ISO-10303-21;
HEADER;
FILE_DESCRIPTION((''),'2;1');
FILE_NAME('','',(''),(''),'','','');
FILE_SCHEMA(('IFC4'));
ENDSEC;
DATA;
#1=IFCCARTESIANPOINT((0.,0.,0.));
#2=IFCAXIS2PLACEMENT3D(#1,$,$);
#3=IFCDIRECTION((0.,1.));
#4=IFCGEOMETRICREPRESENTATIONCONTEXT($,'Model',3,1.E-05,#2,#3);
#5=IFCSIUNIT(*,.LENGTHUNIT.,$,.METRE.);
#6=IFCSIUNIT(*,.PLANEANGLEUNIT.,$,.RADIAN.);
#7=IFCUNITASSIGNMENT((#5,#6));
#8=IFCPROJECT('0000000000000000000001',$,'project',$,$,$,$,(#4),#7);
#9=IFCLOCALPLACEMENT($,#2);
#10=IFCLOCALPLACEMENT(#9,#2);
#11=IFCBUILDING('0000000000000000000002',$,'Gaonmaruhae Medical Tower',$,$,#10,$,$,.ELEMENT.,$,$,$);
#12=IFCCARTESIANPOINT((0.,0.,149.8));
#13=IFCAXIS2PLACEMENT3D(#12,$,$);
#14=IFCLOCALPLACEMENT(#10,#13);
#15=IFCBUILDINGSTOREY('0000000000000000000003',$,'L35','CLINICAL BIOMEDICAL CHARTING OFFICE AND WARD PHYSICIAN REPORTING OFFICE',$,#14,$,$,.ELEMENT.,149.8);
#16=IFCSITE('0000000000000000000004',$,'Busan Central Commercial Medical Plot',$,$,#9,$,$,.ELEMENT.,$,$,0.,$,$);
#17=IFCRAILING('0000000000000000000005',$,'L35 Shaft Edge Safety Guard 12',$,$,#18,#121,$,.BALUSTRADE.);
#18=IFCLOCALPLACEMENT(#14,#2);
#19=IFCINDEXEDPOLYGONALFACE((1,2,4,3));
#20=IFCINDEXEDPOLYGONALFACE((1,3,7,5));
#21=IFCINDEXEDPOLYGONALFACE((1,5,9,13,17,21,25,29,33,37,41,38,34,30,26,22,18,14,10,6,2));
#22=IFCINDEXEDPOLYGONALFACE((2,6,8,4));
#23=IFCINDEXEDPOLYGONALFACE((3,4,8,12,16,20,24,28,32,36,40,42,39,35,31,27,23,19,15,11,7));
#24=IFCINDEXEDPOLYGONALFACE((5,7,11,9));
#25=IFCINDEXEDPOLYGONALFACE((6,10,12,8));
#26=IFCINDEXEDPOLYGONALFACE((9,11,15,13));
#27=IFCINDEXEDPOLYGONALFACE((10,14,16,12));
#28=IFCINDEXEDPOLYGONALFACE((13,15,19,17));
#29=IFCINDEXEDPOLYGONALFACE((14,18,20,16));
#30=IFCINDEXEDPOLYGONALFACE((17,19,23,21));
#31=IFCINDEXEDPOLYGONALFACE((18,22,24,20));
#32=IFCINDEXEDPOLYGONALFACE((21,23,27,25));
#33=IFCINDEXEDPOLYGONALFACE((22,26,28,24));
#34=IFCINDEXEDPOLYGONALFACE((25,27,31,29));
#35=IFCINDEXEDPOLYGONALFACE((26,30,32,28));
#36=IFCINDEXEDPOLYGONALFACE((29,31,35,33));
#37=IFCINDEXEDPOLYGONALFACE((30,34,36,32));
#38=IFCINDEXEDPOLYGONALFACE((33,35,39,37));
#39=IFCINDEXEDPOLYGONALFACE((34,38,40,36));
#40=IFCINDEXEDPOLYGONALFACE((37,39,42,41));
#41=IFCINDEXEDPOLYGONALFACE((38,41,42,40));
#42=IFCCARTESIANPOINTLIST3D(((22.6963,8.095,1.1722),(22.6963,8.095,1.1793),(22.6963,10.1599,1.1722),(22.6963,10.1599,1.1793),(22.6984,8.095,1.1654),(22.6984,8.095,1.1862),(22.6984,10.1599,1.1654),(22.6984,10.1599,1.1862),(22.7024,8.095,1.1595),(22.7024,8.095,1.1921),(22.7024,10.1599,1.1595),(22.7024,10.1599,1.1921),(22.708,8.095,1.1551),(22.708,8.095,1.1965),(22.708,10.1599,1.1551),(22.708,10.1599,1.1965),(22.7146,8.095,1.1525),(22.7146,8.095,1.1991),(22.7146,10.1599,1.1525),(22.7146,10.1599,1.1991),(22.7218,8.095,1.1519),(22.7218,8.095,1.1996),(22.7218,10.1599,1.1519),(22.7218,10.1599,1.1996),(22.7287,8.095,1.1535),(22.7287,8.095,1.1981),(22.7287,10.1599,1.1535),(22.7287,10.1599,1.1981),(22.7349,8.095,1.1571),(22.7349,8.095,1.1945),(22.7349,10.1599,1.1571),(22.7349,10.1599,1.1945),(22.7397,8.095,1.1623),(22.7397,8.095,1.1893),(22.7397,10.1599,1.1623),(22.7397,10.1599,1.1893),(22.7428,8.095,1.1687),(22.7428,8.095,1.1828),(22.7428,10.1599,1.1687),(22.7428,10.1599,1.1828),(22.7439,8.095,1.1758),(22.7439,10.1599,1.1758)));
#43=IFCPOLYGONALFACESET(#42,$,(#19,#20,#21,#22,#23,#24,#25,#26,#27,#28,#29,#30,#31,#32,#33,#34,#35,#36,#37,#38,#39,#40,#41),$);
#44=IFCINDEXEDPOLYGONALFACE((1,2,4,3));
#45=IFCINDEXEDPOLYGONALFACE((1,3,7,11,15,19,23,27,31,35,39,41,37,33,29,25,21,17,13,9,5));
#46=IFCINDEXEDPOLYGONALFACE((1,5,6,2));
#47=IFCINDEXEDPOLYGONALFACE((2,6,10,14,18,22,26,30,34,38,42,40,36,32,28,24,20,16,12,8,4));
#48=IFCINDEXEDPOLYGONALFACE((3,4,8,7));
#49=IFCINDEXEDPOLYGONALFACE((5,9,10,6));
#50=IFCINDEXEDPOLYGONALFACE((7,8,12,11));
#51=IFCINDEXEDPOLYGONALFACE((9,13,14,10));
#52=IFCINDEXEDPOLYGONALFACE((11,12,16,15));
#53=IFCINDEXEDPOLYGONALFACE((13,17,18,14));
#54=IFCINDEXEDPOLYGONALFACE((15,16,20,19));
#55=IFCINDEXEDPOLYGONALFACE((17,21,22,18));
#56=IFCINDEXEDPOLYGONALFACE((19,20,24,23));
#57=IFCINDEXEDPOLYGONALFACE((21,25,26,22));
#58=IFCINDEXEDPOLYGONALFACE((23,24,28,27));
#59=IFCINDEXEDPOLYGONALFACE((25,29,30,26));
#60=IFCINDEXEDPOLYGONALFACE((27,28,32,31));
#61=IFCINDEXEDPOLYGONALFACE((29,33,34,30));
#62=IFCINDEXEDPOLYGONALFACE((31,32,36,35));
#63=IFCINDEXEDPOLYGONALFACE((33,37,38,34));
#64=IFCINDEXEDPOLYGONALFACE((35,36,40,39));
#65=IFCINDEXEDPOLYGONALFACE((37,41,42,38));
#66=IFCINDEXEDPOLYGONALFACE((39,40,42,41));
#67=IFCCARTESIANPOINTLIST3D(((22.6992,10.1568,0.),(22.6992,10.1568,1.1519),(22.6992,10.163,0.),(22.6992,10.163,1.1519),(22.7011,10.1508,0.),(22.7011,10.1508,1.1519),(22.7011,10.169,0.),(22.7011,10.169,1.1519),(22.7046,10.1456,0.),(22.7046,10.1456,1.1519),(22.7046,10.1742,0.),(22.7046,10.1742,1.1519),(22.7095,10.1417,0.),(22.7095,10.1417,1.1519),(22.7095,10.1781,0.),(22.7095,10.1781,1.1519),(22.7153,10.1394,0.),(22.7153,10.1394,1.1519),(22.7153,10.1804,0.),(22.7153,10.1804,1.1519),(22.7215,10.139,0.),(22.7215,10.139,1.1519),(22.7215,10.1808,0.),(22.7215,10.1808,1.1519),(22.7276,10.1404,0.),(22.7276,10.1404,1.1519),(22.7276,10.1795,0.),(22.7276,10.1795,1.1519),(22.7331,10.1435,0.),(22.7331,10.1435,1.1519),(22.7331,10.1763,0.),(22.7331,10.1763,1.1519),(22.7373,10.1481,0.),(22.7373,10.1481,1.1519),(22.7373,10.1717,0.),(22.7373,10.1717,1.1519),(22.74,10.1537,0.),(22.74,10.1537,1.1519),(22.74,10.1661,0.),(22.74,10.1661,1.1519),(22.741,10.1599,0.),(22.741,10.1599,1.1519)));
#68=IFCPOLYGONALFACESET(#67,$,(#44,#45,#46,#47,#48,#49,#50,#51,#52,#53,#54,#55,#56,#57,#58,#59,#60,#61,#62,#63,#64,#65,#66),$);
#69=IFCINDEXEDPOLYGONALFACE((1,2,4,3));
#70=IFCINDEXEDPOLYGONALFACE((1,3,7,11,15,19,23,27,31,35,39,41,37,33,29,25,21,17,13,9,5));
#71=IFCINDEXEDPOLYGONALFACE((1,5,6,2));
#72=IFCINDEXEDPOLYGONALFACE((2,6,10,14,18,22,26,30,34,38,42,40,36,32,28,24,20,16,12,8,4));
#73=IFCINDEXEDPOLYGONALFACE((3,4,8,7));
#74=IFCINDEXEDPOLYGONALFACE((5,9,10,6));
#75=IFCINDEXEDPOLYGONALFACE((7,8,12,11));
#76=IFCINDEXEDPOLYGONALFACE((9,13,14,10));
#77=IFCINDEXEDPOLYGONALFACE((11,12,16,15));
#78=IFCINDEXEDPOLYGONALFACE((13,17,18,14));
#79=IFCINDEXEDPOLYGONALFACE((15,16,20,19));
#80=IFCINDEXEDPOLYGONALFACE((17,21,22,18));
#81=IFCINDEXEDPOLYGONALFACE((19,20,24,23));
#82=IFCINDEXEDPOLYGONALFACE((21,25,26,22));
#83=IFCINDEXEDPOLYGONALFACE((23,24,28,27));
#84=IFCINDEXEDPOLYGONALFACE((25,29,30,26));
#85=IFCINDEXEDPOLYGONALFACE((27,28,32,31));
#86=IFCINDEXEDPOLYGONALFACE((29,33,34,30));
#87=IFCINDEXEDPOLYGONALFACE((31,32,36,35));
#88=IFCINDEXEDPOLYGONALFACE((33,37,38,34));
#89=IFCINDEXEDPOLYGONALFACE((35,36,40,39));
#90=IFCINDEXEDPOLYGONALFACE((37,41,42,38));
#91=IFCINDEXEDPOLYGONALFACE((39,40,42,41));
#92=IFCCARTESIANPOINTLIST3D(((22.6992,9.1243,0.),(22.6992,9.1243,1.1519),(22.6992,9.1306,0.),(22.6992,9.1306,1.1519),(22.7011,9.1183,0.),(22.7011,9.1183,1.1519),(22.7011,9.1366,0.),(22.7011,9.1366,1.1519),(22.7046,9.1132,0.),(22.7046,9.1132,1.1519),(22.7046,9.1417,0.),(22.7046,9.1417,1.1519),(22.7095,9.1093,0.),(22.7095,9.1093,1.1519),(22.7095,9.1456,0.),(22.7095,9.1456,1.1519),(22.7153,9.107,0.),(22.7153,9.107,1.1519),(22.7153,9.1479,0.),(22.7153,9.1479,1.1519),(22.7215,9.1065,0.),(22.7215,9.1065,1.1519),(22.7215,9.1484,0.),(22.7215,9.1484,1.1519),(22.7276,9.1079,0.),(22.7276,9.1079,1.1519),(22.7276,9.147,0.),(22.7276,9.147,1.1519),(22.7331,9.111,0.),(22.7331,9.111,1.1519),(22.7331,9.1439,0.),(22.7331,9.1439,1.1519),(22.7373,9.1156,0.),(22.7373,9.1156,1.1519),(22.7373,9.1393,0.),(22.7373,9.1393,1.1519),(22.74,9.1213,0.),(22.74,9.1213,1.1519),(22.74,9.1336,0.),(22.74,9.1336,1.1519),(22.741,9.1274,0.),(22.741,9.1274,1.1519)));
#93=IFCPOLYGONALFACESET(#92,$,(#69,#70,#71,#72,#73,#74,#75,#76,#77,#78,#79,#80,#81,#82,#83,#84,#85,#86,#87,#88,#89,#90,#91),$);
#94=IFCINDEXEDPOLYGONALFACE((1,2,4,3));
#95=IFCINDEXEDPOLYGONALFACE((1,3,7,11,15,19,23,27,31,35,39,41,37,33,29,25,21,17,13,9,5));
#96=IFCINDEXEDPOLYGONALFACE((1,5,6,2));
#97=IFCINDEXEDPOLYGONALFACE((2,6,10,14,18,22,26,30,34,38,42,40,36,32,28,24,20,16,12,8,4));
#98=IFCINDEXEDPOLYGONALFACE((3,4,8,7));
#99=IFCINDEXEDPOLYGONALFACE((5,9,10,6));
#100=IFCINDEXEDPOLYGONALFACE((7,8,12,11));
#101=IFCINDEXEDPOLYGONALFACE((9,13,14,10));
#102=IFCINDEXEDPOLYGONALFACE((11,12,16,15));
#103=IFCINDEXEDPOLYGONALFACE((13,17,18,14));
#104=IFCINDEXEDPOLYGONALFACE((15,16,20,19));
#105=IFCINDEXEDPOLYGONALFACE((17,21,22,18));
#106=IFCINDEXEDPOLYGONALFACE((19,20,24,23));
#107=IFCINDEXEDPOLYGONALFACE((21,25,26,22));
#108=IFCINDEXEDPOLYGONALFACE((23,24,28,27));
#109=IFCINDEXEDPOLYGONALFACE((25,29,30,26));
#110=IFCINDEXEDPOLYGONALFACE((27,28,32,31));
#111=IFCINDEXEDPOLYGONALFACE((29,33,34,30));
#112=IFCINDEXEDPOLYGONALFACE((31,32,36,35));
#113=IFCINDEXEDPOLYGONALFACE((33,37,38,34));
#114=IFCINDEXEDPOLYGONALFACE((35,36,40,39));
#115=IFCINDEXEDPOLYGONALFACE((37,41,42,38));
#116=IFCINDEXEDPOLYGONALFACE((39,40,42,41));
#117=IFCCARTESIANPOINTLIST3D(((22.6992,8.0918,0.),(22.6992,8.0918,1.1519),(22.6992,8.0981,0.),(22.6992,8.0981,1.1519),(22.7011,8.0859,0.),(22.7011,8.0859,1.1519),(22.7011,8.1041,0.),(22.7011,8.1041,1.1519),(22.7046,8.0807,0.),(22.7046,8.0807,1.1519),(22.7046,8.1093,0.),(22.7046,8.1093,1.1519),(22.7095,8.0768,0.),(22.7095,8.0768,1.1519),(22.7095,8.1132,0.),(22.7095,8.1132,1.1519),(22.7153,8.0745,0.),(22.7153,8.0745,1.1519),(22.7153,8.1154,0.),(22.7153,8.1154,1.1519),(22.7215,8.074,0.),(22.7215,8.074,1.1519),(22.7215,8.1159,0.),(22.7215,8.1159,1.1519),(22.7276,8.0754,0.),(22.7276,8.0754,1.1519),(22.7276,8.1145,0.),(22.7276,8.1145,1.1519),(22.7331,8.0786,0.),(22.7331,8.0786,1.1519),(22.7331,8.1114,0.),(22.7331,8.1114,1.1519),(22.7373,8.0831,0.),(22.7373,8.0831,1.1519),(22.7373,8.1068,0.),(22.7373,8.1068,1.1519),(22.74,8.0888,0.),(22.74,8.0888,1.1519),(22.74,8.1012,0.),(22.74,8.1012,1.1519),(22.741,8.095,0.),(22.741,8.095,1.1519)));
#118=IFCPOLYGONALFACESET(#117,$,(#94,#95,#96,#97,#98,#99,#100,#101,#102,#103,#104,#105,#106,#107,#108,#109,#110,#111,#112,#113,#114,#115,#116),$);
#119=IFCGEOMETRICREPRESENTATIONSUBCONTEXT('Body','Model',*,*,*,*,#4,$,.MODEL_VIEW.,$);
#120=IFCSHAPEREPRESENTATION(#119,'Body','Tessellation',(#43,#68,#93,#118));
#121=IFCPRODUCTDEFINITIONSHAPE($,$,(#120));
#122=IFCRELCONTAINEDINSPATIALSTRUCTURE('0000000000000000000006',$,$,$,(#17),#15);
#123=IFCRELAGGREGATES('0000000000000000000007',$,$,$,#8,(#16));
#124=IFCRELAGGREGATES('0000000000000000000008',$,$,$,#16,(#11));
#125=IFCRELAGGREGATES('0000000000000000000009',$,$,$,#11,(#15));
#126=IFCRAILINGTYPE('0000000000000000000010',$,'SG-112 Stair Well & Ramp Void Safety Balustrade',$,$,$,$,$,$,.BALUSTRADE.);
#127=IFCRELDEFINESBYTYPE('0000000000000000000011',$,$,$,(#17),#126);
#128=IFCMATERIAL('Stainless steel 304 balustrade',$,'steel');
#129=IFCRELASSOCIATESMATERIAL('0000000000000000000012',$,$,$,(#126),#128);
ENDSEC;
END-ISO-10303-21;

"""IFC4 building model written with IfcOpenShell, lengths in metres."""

from ifc_helpers import new_model, si_unit, direction, frame, origin, origin_2d, place, context, subcontext, project, spatial, circle, extrude, material, type_object, element, save


model = new_model("IFC4")

# Units and contexts
model_context = context("Model", 3, precision=1e-05, world=origin(), true_north=direction((0.0, 1.0)))
body_context = subcontext(model_context, "Body", "Model", "MODEL_VIEW")
ifc_project = project(units=[si_unit("LENGTHUNIT", "METRE"), si_unit("PLANEANGLEUNIT", "RADIAN")], contexts=[model_context])

# Site, building, storey
site_placement = place(None, origin())
site = spatial("IfcSite", under=ifc_project, at=site_placement, Name="Busan Central Commercial Medical Plot", CompositionType="ELEMENT", RefElevation=0.0)
building_placement = place(site_placement, origin())
building = spatial("IfcBuilding", under=site, at=building_placement, Name="Gaonmaruhae Medical Tower", CompositionType="ELEMENT")
storey_placement = place(building_placement, frame((0.0, 0.0, 149.8)))
storey = spatial("IfcBuildingStorey", under=building, at=storey_placement, Name="L35", Description="CLINICAL BIOMEDICAL CHARTING OFFICE AND WARD PHYSICIAN REPORTING OFFICE", CompositionType="ELEMENT", Elevation=149.8)

# Railing
ifc_material_1 = material(Name="Stainless steel 304 balustrade", Category="steel")
railing_type = type_object("IfcRailingType", Name="SG-112 Stair Well & Ramp Void Safety Balustrade", PredefinedType="BALUSTRADE", material=ifc_material_1)
railing_1_placement = place(storey_placement, frame((22.72, 10.1599, 0.0)))
element("IfcRailing", 1, at=railing_1_placement, inside=storey, type_object=railing_type, Name="L35 Shaft Edge Safety Guard 12", PredefinedType="BALUSTRADE", context=body_context, shape_type="SweptSolid", body=[
    extrude(circle(Radius=0.0239, at=origin_2d()), frame((0.0, 0.0, 1.1758), z_axis=(0.0, -1.0, 0.0), x_axis=(1.0, 0.0, 0.0)), (0.0, 0.0, 1.0), 2.0649),
    extrude(circle(Radius=0.021, at=origin_2d()), origin(), (0.0, 0.0, 1.0), 1.1519),
    extrude(circle(Radius=0.021, at=origin_2d()), frame((0.0, -1.0325, 0.0)), (0.0, 0.0, 1.0), 1.1519),
    extrude(circle(Radius=0.021, at=origin_2d()), frame((0.0, -2.0649, 0.0)), (0.0, 0.0, 1.0), 1.1519),
])

save(model, "model.ifc")
